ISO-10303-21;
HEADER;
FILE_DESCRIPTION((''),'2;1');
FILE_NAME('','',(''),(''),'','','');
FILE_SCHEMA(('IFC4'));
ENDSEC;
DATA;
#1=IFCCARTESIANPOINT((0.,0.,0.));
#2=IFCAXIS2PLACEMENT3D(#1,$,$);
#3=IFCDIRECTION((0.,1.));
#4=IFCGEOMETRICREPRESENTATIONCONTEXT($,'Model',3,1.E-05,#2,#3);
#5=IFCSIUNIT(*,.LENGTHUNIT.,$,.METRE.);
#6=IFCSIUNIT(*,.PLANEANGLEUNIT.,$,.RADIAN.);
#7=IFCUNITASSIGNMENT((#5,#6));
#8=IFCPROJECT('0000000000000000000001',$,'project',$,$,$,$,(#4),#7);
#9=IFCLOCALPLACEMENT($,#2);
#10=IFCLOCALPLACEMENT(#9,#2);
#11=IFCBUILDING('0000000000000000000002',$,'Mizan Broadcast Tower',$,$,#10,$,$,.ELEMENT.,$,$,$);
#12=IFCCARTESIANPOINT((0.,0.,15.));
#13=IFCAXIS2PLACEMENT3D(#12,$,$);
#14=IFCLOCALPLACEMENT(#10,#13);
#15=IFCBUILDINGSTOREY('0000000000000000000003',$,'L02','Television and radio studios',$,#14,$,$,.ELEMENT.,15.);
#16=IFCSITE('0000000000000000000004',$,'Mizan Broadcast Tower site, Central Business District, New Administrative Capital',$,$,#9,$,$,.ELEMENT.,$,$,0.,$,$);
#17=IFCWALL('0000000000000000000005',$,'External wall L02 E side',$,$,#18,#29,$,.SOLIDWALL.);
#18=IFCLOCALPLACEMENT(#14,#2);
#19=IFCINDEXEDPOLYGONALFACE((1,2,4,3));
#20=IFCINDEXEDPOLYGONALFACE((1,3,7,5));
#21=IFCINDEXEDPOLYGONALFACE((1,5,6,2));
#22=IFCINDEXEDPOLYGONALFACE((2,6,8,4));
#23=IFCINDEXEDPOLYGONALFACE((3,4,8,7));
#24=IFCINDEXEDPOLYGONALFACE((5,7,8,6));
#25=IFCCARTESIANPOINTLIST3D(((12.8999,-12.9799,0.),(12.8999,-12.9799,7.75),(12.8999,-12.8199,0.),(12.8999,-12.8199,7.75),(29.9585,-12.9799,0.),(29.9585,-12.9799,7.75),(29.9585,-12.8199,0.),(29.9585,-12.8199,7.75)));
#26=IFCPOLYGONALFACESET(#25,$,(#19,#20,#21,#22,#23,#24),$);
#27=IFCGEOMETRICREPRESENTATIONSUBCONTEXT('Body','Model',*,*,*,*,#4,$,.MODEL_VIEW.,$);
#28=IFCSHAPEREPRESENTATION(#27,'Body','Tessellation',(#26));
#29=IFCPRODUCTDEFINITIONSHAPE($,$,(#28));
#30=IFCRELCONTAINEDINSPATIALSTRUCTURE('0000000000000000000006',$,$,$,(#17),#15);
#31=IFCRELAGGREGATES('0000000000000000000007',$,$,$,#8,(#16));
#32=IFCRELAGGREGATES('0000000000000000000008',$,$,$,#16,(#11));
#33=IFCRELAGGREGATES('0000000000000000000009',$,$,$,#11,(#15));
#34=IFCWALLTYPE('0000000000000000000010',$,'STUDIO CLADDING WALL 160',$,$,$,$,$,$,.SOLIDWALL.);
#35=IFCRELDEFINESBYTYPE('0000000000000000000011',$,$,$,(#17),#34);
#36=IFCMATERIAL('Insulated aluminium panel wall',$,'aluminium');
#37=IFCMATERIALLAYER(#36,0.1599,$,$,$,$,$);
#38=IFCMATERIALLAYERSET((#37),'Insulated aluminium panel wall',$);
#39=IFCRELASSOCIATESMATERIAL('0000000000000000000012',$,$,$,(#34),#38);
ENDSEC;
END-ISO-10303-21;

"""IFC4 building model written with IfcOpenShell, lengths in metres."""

from ifc_helpers import new_model, si_unit, direction, frame, frame_2d, origin, place, context, subcontext, project, spatial, rectangle, extrude, material, layer, layer_set, type_object, element, save


model = new_model("IFC4")

# Units and contexts
model_context = context("Model", 3, precision=1e-05, world=origin(), true_north=direction((0.0, 1.0)))
body_context = subcontext(model_context, "Body", "Model", "MODEL_VIEW")
ifc_project = project(units=[si_unit("LENGTHUNIT", "METRE"), si_unit("PLANEANGLEUNIT", "RADIAN")], contexts=[model_context])

# Site, building, storey
site_placement = place(None, origin())
site = spatial("IfcSite", under=ifc_project, at=site_placement, Name="Mizan Broadcast Tower site, Central Business District, New Administrative Capital", CompositionType="ELEMENT", RefElevation=0.0)
building_placement = place(site_placement, origin())
building = spatial("IfcBuilding", under=site, at=building_placement, Name="Mizan Broadcast Tower", CompositionType="ELEMENT")
storey_placement = place(building_placement, frame((0.0, 0.0, 15.0)))
storey = spatial("IfcBuildingStorey", under=building, at=storey_placement, Name="L02", Description="Television and radio studios", CompositionType="ELEMENT", Elevation=15.0)

# Wall
ifc_material_1 = material(Name="Insulated aluminium panel wall", Category="aluminium")
ifc_layer_1 = layer(ifc_material_1, 0.1599)
ifc_layer_set_1 = layer_set([ifc_layer_1], Name="Insulated aluminium panel wall")
wall_type_1 = type_object("IfcWallType", Name="STUDIO CLADDING WALL 160", PredefinedType="SOLIDWALL", material=ifc_layer_set_1)
wall_1_placement = place(storey_placement, frame((12.8999, -12.8999, 0.0), z_axis=(0.0, 0.0, 1.0), x_axis=(1.0, 0.0, 0.0)))
element("IfcWall", 1, at=wall_1_placement, inside=storey, type_object=wall_type_1, Name="External wall L02 E side", PredefinedType="SOLIDWALL", context=body_context, shape_type="SweptSolid", body=[
    extrude(rectangle(XDim=17.0586, YDim=0.1599, at=frame_2d((8.5293, 0.0))), origin(), (0.0, 0.0, 1.0), 7.75),
])

save(model, "model.ifc")
